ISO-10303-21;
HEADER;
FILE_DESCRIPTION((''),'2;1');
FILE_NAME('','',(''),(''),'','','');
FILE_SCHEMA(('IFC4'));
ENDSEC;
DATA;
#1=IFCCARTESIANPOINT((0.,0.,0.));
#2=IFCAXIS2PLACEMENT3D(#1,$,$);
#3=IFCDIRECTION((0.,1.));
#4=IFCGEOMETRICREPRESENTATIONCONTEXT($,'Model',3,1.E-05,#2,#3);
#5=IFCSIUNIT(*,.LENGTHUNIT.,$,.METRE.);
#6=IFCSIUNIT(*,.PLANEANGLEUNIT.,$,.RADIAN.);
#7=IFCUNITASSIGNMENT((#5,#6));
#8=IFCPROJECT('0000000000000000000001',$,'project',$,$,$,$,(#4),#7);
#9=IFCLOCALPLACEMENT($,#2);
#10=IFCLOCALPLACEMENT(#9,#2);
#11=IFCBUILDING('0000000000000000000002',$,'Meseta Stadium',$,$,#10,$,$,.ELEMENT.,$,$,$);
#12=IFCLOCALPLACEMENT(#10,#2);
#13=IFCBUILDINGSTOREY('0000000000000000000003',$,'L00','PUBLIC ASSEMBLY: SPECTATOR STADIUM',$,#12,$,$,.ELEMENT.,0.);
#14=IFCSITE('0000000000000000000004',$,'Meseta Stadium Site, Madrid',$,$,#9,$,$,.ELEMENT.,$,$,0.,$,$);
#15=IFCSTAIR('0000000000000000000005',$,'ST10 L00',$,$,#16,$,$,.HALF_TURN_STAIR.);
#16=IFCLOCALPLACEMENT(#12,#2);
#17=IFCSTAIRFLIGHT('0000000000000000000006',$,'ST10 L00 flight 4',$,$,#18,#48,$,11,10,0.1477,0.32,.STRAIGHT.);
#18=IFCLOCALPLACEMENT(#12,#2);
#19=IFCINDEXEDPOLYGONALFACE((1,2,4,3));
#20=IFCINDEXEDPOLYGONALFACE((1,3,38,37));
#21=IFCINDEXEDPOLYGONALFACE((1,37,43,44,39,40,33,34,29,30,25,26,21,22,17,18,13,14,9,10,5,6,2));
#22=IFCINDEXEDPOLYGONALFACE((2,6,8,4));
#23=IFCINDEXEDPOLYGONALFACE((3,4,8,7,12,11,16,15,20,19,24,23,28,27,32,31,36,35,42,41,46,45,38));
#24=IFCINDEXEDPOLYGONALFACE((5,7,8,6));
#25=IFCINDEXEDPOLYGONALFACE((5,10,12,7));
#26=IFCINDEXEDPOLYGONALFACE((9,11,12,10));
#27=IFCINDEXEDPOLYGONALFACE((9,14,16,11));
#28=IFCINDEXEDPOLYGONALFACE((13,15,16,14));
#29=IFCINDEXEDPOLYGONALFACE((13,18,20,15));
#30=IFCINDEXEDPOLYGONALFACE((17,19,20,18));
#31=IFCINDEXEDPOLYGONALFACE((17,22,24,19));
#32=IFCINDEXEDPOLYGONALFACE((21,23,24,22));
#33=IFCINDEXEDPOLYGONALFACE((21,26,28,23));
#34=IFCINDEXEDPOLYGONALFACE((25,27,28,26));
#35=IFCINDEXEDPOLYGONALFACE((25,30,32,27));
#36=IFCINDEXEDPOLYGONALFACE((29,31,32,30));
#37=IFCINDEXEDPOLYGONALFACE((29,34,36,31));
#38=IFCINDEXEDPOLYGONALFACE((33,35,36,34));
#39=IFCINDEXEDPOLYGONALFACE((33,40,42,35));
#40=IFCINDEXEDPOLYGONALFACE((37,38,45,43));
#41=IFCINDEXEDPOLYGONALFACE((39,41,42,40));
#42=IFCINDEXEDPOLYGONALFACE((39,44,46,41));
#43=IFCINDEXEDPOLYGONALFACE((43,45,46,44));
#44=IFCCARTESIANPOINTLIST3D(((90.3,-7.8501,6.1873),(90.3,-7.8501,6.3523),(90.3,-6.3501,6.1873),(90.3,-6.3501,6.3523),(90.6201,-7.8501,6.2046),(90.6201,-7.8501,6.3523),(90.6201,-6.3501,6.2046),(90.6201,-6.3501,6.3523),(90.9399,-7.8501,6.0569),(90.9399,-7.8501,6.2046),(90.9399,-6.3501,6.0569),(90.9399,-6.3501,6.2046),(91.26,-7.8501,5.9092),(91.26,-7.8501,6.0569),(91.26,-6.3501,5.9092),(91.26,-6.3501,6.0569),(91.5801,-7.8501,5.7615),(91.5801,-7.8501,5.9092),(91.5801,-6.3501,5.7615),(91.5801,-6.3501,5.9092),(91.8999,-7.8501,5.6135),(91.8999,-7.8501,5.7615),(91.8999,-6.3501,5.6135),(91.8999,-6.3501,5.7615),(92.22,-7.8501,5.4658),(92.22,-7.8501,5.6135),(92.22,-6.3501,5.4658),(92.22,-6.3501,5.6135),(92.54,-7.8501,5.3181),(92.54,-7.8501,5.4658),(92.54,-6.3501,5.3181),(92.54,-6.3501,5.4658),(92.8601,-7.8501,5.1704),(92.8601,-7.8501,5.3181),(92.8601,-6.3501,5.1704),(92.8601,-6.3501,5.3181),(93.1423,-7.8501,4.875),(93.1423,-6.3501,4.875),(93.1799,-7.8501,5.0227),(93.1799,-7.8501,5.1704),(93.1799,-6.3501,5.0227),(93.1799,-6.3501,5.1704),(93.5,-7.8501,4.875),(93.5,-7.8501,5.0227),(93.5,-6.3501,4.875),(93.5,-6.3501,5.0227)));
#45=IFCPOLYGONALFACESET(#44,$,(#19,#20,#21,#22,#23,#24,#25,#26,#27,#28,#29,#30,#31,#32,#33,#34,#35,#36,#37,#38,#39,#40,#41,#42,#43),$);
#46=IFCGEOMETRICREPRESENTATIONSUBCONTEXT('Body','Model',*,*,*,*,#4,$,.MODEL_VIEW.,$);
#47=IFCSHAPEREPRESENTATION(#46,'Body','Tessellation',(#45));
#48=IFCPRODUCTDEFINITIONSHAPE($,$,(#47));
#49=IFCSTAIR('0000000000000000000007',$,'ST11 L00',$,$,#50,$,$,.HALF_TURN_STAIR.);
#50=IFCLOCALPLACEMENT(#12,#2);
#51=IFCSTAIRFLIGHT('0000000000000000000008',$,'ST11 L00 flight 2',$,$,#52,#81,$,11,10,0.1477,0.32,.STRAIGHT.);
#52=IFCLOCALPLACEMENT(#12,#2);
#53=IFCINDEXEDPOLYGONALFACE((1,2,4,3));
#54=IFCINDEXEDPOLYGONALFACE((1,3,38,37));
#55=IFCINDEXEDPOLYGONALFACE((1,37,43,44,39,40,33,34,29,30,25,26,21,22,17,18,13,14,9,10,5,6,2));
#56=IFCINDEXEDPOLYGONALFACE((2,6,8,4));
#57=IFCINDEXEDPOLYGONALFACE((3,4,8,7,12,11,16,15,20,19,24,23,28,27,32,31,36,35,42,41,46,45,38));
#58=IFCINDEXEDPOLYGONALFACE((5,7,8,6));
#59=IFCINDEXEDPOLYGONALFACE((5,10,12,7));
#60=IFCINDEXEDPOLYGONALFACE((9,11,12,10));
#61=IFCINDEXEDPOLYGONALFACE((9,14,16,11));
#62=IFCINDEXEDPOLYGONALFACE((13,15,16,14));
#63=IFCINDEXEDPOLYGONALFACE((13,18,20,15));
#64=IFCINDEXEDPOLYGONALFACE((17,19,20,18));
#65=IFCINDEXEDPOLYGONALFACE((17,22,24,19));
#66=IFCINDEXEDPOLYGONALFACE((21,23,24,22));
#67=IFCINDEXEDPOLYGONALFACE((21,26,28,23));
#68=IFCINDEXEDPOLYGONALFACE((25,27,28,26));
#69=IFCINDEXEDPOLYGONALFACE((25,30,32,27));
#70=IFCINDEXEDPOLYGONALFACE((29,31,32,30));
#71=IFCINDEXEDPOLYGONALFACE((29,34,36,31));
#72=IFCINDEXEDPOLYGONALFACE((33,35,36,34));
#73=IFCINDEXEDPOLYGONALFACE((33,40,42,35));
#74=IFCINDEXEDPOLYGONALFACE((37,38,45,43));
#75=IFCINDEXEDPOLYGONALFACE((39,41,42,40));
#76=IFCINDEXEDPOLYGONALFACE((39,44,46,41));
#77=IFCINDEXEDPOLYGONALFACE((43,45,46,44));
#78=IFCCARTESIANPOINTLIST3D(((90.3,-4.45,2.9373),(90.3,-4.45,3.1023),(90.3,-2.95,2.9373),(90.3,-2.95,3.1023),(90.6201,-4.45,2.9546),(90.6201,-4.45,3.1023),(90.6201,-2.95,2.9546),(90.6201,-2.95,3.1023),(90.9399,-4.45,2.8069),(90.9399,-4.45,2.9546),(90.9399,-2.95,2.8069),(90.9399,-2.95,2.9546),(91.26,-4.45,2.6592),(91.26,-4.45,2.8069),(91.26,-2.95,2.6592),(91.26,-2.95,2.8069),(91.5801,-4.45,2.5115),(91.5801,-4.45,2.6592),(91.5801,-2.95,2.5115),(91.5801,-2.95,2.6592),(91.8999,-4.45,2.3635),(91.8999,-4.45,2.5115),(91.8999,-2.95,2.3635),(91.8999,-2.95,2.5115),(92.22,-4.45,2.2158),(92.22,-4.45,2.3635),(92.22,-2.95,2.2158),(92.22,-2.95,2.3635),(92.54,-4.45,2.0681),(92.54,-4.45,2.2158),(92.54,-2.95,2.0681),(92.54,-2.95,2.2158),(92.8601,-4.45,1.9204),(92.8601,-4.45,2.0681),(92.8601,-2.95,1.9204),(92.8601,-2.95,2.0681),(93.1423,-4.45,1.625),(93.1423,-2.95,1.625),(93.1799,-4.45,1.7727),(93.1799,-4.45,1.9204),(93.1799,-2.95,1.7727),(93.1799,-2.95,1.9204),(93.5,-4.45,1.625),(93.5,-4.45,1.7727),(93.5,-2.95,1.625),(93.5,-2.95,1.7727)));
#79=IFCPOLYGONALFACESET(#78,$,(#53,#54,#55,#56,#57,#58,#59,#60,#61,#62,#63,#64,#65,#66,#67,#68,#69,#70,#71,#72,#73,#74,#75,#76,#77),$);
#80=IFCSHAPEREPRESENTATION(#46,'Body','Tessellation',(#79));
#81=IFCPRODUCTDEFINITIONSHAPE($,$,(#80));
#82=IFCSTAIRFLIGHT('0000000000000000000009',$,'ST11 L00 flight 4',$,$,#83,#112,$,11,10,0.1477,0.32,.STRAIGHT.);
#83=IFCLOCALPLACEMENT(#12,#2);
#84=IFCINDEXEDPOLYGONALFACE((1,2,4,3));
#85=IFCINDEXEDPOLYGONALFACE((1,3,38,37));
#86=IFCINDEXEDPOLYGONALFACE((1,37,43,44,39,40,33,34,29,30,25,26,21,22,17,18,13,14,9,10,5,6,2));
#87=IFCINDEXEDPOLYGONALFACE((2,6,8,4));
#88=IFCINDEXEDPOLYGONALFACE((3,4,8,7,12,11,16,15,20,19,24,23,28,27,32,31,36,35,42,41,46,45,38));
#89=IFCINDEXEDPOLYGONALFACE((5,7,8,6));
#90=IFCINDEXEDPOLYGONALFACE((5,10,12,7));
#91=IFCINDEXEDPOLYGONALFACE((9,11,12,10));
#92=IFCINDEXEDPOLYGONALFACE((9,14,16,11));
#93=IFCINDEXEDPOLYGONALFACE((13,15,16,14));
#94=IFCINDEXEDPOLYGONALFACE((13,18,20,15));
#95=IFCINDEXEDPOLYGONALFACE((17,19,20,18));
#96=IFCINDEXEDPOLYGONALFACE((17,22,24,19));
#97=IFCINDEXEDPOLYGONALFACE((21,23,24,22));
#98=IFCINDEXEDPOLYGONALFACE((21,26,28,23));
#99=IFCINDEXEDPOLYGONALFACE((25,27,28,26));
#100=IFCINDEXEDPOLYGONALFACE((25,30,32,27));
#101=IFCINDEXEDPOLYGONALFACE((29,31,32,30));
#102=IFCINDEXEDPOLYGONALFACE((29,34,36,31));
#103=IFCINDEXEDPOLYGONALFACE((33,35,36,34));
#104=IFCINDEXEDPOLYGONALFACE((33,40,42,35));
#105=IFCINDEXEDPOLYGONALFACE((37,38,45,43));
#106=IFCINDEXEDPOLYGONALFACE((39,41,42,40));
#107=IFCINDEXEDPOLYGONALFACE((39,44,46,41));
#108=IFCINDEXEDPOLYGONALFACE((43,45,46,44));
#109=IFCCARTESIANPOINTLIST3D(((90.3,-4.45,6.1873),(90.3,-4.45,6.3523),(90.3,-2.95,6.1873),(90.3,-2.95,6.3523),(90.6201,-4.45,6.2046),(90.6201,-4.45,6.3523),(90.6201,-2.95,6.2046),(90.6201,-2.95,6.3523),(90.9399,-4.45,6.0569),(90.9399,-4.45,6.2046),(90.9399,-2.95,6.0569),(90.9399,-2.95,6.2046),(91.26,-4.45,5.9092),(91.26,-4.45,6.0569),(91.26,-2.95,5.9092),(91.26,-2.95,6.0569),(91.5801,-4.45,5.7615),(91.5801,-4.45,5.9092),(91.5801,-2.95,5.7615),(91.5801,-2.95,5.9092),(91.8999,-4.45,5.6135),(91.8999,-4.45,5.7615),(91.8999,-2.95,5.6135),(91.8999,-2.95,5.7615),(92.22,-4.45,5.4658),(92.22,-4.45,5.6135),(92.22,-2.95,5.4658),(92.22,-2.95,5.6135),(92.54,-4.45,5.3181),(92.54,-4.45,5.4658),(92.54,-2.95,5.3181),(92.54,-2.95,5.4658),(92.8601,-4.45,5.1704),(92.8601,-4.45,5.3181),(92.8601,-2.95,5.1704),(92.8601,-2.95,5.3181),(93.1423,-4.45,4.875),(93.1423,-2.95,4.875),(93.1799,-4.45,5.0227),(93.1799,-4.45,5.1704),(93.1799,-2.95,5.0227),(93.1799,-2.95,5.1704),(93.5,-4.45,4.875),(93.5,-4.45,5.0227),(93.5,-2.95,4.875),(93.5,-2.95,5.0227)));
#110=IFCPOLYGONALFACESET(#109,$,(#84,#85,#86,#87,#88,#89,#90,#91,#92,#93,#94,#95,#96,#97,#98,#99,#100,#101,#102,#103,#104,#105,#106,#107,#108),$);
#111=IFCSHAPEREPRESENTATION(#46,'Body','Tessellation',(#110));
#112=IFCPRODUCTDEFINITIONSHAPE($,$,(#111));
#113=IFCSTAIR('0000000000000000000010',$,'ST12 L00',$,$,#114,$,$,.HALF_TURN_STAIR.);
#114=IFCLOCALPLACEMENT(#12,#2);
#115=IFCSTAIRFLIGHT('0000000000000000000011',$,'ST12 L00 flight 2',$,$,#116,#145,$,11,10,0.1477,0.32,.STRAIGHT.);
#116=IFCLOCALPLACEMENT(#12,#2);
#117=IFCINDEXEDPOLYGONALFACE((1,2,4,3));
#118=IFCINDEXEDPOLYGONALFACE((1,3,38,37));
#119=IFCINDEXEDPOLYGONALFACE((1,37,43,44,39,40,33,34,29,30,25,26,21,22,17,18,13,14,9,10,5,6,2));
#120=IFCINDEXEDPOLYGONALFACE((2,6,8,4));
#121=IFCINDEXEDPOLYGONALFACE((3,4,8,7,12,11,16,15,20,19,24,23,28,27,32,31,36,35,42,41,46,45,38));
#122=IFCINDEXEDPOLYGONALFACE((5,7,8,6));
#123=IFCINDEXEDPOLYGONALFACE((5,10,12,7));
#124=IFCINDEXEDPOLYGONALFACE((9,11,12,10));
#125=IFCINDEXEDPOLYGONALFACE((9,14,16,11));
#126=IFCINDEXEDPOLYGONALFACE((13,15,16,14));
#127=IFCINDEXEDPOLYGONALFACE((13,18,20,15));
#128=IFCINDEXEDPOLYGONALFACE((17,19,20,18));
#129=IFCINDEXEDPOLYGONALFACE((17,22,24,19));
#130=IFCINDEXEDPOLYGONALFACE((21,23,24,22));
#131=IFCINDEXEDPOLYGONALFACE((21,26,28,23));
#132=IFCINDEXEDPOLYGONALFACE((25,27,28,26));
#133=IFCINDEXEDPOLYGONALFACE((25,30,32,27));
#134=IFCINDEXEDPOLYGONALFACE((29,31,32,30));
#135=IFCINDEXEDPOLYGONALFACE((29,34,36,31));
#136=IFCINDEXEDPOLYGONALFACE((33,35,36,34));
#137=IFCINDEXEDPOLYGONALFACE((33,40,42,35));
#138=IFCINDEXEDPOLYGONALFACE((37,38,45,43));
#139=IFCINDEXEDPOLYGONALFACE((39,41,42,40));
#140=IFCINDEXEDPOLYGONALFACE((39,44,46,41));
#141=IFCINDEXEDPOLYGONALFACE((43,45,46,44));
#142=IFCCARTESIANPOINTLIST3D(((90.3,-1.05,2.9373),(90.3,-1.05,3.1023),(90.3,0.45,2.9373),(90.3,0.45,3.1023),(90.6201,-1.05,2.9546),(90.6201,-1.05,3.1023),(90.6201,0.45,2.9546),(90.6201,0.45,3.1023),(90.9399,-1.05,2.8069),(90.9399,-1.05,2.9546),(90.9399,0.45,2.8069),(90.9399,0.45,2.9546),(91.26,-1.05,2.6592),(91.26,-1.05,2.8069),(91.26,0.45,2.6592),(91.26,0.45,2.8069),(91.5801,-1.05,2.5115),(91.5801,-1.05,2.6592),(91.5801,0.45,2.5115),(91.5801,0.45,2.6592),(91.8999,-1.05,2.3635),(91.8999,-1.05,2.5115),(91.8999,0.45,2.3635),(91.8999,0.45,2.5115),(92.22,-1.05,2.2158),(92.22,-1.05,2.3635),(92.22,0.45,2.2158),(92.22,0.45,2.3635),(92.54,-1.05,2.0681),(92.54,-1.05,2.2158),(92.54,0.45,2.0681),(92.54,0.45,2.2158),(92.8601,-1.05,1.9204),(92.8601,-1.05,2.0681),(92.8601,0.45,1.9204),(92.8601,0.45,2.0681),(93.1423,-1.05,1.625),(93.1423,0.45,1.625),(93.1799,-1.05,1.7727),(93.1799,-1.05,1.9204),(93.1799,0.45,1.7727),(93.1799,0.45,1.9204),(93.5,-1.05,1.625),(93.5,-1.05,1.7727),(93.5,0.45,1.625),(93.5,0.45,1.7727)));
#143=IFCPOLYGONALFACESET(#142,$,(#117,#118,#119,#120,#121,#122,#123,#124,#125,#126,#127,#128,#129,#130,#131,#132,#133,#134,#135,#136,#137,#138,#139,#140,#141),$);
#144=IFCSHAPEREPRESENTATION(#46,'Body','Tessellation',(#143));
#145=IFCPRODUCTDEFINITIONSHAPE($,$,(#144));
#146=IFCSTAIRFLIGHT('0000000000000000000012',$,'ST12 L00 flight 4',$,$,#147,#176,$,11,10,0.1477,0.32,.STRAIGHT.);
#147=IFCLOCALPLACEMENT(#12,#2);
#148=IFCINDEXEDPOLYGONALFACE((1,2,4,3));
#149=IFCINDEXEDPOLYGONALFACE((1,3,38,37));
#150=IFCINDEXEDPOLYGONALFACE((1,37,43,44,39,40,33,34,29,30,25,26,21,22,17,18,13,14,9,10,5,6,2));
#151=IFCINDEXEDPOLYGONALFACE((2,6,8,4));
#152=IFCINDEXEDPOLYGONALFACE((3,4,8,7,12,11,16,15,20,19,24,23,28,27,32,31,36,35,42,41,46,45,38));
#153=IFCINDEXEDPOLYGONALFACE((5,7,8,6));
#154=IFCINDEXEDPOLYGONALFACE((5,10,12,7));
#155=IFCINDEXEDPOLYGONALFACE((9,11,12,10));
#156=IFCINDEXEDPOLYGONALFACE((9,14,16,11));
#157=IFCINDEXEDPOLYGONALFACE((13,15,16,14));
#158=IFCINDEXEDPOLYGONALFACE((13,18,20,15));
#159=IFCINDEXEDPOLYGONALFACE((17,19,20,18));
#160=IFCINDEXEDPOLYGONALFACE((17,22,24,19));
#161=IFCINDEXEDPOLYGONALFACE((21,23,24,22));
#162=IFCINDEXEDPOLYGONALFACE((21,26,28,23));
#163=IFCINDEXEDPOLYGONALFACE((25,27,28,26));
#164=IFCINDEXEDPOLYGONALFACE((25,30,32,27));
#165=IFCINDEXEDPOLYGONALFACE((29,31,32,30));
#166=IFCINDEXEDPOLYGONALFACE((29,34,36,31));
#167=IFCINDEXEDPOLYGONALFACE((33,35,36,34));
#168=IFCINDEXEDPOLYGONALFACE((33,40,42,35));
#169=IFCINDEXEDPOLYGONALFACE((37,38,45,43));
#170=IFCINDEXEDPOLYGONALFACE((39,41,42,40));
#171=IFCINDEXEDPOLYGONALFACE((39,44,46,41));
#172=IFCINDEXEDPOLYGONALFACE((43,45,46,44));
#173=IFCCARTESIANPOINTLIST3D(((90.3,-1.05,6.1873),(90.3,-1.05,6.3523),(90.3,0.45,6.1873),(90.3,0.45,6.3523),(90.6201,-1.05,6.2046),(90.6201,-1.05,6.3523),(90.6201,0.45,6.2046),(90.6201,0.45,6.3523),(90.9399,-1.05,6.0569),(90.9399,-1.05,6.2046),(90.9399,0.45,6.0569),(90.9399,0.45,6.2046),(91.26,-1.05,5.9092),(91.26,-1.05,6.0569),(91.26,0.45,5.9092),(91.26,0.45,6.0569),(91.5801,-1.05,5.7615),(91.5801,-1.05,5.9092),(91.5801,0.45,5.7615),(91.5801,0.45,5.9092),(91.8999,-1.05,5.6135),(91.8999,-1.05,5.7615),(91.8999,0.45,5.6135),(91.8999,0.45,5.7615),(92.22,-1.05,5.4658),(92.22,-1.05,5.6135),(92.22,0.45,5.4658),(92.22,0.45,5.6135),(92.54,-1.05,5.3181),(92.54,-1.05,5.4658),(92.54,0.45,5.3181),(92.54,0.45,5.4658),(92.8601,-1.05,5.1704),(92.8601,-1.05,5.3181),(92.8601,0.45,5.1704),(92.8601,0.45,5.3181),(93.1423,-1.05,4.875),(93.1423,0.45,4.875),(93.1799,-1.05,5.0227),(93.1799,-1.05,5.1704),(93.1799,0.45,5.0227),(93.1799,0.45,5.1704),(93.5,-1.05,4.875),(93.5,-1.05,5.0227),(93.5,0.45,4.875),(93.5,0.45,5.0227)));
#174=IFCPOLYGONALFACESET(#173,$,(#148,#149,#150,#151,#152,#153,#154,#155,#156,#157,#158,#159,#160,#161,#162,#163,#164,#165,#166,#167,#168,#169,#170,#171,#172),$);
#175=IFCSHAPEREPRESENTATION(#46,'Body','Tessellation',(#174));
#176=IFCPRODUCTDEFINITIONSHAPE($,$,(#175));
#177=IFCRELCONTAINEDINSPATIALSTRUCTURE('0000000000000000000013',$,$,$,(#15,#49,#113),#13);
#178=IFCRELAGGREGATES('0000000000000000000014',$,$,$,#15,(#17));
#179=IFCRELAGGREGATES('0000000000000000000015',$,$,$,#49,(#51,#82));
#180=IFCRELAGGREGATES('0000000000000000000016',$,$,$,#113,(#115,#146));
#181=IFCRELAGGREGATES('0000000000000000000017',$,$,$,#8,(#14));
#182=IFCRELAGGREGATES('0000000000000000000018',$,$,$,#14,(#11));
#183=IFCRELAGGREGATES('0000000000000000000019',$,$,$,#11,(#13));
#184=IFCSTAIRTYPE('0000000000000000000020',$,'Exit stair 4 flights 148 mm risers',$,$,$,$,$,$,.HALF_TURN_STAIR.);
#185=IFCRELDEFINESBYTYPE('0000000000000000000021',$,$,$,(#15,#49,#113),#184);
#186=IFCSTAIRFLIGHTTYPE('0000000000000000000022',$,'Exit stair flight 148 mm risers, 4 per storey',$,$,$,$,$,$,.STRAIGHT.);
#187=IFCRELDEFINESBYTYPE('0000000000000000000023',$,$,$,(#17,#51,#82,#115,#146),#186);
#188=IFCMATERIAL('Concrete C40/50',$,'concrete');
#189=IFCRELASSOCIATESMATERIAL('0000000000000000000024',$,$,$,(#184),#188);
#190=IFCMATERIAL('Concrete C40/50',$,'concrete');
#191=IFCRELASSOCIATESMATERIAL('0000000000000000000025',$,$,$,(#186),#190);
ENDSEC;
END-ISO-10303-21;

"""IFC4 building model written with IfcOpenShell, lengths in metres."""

from ifc_helpers import new_model, si_unit, direction, frame, origin, place, context, subcontext, project, spatial, polyline, outline, extrude, material, type_object, element, aggregate, save


model = new_model("IFC4")

# Units and contexts
model_context = context("Model", 3, precision=1e-05, world=origin(), true_north=direction((0.0, 1.0)))
body_context = subcontext(model_context, "Body", "Model", "MODEL_VIEW")
ifc_project = project(units=[si_unit("LENGTHUNIT", "METRE"), si_unit("PLANEANGLEUNIT", "RADIAN")], contexts=[model_context])

# Site, building, storey
site_placement = place(None, origin())
site = spatial("IfcSite", under=ifc_project, at=site_placement, Name="Meseta Stadium Site, Madrid", CompositionType="ELEMENT", RefElevation=0.0)
building_placement = place(site_placement, origin())
building = spatial("IfcBuilding", under=site, at=building_placement, Name="Meseta Stadium", CompositionType="ELEMENT")
storey_placement = place(building_placement, origin())
storey = spatial("IfcBuildingStorey", under=building, at=storey_placement, Name="L00", Description="PUBLIC ASSEMBLY: SPECTATOR STADIUM", CompositionType="ELEMENT", Elevation=0.0)

# Stairs, stair flights
ifc_material_1 = material(Name="Concrete C40/50", Category="concrete")
stair_type = type_object("IfcStairType", Name="Exit stair 4 flights 148 mm risers", PredefinedType="HALF_TURN_STAIR", material=ifc_material_1)
ifc_material_2 = material(Name="Concrete C40/50", Category="concrete")
stair_flight_type = type_object("IfcStairFlightType", Name="Exit stair flight 148 mm risers, 4 per storey", PredefinedType="STRAIGHT", material=ifc_material_2)
stair_1_placement = place(storey_placement, origin())
stair_1 = element("IfcStair", 1, at=stair_1_placement, inside=storey, type_object=stair_type, Name="ST10 L00", PredefinedType="HALF_TURN_STAIR")
stair_flight_1_placement = place(storey_placement, frame((93.5, -7.1001, 4.875), z_axis=(0.0, 0.0, 1.0), x_axis=(-1.0, 0.0, 0.0)))
stair_flight_1 = element("IfcStairFlight", 2, at=stair_flight_1_placement, type_object=stair_flight_type, Name="ST10 L00 flight 4", NumberOfRisers=11, NumberOfTreads=10, PredefinedType="STRAIGHT", RiserHeight=0.1477, TreadLength=0.32, context=body_context, shape_type="SweptSolid", body=[
    extrude(outline(polyline([(0.0, 0.0), (0.0, 0.1477), (0.3201, 0.1477), (0.3201, 0.2954), (0.6399, 0.2954), (0.6399, 0.4431), (0.96, 0.4431), (0.96, 0.5908), (1.28, 0.5908), (1.28, 0.7385), (1.6001, 0.7385), (1.6001, 0.8865), (1.9199, 0.8865), (1.9199, 1.0342), (2.24, 1.0342), (2.24, 1.1819), (2.5601, 1.1819), (2.5601, 1.3296), (2.8799, 1.3296), (2.8799, 1.4773), (3.2, 1.4773), (3.2, 1.3123), (0.3577, 0.0), (0.0, 0.0)])), frame((0.0, 0.75, 0.0), z_axis=(0.0, -1.0, 0.0), x_axis=(1.0, 0.0, 0.0)), (0.0, 0.0, 1.0), 1.5),
])
aggregate(stair_1, [stair_flight_1])
stair_2_placement = place(storey_placement, origin())
stair_2 = element("IfcStair", 3, at=stair_2_placement, inside=storey, type_object=stair_type, Name="ST11 L00", PredefinedType="HALF_TURN_STAIR")
stair_flight_2_placement = place(storey_placement, frame((93.5, -3.7, 1.625), z_axis=(0.0, 0.0, 1.0), x_axis=(-1.0, 0.0, 0.0)))
stair_flight_2 = element("IfcStairFlight", 4, at=stair_flight_2_placement, type_object=stair_flight_type, Name="ST11 L00 flight 2", NumberOfRisers=11, NumberOfTreads=10, PredefinedType="STRAIGHT", RiserHeight=0.1477, TreadLength=0.32, context=body_context, shape_type="SweptSolid", body=[
    extrude(outline(polyline([(0.0, 0.0), (0.0, 0.1477), (0.3201, 0.1477), (0.3201, 0.2954), (0.6399, 0.2954), (0.6399, 0.4431), (0.96, 0.4431), (0.96, 0.5908), (1.28, 0.5908), (1.28, 0.7385), (1.6001, 0.7385), (1.6001, 0.8865), (1.9199, 0.8865), (1.9199, 1.0342), (2.24, 1.0342), (2.24, 1.1819), (2.5601, 1.1819), (2.5601, 1.3296), (2.8799, 1.3296), (2.8799, 1.4773), (3.2, 1.4773), (3.2, 1.3123), (0.3577, 0.0), (0.0, 0.0)])), frame((0.0, 0.75, 0.0), z_axis=(0.0, -1.0, 0.0), x_axis=(1.0, 0.0, 0.0)), (0.0, 0.0, 1.0), 1.5),
])
stair_flight_3_placement = place(storey_placement, frame((93.5, -3.7, 4.875), z_axis=(0.0, 0.0, 1.0), x_axis=(-1.0, 0.0, 0.0)))
stair_flight_3 = element("IfcStairFlight", 5, at=stair_flight_3_placement, type_object=stair_flight_type, Name="ST11 L00 flight 4", NumberOfRisers=11, NumberOfTreads=10, PredefinedType="STRAIGHT", RiserHeight=0.1477, TreadLength=0.32, context=body_context, shape_type="SweptSolid", body=[
    extrude(outline(polyline([(0.0, 0.0), (0.0, 0.1477), (0.3201, 0.1477), (0.3201, 0.2954), (0.6399, 0.2954), (0.6399, 0.4431), (0.96, 0.4431), (0.96, 0.5908), (1.28, 0.5908), (1.28, 0.7385), (1.6001, 0.7385), (1.6001, 0.8865), (1.9199, 0.8865), (1.9199, 1.0342), (2.24, 1.0342), (2.24, 1.1819), (2.5601, 1.1819), (2.5601, 1.3296), (2.8799, 1.3296), (2.8799, 1.4773), (3.2, 1.4773), (3.2, 1.3123), (0.3577, 0.0), (0.0, 0.0)])), frame((0.0, 0.75, 0.0), z_axis=(0.0, -1.0, 0.0), x_axis=(1.0, 0.0, 0.0)), (0.0, 0.0, 1.0), 1.5),
])
aggregate(stair_2, [stair_flight_2, stair_flight_3])
stair_3_placement = place(storey_placement, origin())
stair_3 = element("IfcStair", 6, at=stair_3_placement, inside=storey, type_object=stair_type, Name="ST12 L00", PredefinedType="HALF_TURN_STAIR")
stair_flight_4_placement = place(storey_placement, frame((93.5, -0.3, 1.625), z_axis=(0.0, 0.0, 1.0), x_axis=(-1.0, 0.0, 0.0)))
stair_flight_4 = element("IfcStairFlight", 7, at=stair_flight_4_placement, type_object=stair_flight_type, Name="ST12 L00 flight 2", NumberOfRisers=11, NumberOfTreads=10, PredefinedType="STRAIGHT", RiserHeight=0.1477, TreadLength=0.32, context=body_context, shape_type="SweptSolid", body=[
    extrude(outline(polyline([(0.0, 0.0), (0.0, 0.1477), (0.3201, 0.1477), (0.3201, 0.2954), (0.6399, 0.2954), (0.6399, 0.4431), (0.96, 0.4431), (0.96, 0.5908), (1.28, 0.5908), (1.28, 0.7385), (1.6001, 0.7385), (1.6001, 0.8865), (1.9199, 0.8865), (1.9199, 1.0342), (2.24, 1.0342), (2.24, 1.1819), (2.5601, 1.1819), (2.5601, 1.3296), (2.8799, 1.3296), (2.8799, 1.4773), (3.2, 1.4773), (3.2, 1.3123), (0.3577, 0.0), (0.0, 0.0)])), frame((0.0, 0.75, 0.0), z_axis=(0.0, -1.0, 0.0), x_axis=(1.0, 0.0, 0.0)), (0.0, 0.0, 1.0), 1.5),
])
stair_flight_5_placement = place(storey_placement, frame((93.5, -0.3, 4.875), z_axis=(0.0, 0.0, 1.0), x_axis=(-1.0, 0.0, 0.0)))
stair_flight_5 = element("IfcStairFlight", 8, at=stair_flight_5_placement, type_object=stair_flight_type, Name="ST12 L00 flight 4", NumberOfRisers=11, NumberOfTreads=10, PredefinedType="STRAIGHT", RiserHeight=0.1477, TreadLength=0.32, context=body_context, shape_type="SweptSolid", body=[
    extrude(outline(polyline([(0.0, 0.0), (0.0, 0.1477), (0.3201, 0.1477), (0.3201, 0.2954), (0.6399, 0.2954), (0.6399, 0.4431), (0.96, 0.4431), (0.96, 0.5908), (1.28, 0.5908), (1.28, 0.7385), (1.6001, 0.7385), (1.6001, 0.8865), (1.9199, 0.8865), (1.9199, 1.0342), (2.24, 1.0342), (2.24, 1.1819), (2.5601, 1.1819), (2.5601, 1.3296), (2.8799, 1.3296), (2.8799, 1.4773), (3.2, 1.4773), (3.2, 1.3123), (0.3577, 0.0), (0.0, 0.0)])), frame((0.0, 0.75, 0.0), z_axis=(0.0, -1.0, 0.0), x_axis=(1.0, 0.0, 0.0)), (0.0, 0.0, 1.0), 1.5),
])
aggregate(stair_3, [stair_flight_4, stair_flight_5])

save(model, "model.ifc")
